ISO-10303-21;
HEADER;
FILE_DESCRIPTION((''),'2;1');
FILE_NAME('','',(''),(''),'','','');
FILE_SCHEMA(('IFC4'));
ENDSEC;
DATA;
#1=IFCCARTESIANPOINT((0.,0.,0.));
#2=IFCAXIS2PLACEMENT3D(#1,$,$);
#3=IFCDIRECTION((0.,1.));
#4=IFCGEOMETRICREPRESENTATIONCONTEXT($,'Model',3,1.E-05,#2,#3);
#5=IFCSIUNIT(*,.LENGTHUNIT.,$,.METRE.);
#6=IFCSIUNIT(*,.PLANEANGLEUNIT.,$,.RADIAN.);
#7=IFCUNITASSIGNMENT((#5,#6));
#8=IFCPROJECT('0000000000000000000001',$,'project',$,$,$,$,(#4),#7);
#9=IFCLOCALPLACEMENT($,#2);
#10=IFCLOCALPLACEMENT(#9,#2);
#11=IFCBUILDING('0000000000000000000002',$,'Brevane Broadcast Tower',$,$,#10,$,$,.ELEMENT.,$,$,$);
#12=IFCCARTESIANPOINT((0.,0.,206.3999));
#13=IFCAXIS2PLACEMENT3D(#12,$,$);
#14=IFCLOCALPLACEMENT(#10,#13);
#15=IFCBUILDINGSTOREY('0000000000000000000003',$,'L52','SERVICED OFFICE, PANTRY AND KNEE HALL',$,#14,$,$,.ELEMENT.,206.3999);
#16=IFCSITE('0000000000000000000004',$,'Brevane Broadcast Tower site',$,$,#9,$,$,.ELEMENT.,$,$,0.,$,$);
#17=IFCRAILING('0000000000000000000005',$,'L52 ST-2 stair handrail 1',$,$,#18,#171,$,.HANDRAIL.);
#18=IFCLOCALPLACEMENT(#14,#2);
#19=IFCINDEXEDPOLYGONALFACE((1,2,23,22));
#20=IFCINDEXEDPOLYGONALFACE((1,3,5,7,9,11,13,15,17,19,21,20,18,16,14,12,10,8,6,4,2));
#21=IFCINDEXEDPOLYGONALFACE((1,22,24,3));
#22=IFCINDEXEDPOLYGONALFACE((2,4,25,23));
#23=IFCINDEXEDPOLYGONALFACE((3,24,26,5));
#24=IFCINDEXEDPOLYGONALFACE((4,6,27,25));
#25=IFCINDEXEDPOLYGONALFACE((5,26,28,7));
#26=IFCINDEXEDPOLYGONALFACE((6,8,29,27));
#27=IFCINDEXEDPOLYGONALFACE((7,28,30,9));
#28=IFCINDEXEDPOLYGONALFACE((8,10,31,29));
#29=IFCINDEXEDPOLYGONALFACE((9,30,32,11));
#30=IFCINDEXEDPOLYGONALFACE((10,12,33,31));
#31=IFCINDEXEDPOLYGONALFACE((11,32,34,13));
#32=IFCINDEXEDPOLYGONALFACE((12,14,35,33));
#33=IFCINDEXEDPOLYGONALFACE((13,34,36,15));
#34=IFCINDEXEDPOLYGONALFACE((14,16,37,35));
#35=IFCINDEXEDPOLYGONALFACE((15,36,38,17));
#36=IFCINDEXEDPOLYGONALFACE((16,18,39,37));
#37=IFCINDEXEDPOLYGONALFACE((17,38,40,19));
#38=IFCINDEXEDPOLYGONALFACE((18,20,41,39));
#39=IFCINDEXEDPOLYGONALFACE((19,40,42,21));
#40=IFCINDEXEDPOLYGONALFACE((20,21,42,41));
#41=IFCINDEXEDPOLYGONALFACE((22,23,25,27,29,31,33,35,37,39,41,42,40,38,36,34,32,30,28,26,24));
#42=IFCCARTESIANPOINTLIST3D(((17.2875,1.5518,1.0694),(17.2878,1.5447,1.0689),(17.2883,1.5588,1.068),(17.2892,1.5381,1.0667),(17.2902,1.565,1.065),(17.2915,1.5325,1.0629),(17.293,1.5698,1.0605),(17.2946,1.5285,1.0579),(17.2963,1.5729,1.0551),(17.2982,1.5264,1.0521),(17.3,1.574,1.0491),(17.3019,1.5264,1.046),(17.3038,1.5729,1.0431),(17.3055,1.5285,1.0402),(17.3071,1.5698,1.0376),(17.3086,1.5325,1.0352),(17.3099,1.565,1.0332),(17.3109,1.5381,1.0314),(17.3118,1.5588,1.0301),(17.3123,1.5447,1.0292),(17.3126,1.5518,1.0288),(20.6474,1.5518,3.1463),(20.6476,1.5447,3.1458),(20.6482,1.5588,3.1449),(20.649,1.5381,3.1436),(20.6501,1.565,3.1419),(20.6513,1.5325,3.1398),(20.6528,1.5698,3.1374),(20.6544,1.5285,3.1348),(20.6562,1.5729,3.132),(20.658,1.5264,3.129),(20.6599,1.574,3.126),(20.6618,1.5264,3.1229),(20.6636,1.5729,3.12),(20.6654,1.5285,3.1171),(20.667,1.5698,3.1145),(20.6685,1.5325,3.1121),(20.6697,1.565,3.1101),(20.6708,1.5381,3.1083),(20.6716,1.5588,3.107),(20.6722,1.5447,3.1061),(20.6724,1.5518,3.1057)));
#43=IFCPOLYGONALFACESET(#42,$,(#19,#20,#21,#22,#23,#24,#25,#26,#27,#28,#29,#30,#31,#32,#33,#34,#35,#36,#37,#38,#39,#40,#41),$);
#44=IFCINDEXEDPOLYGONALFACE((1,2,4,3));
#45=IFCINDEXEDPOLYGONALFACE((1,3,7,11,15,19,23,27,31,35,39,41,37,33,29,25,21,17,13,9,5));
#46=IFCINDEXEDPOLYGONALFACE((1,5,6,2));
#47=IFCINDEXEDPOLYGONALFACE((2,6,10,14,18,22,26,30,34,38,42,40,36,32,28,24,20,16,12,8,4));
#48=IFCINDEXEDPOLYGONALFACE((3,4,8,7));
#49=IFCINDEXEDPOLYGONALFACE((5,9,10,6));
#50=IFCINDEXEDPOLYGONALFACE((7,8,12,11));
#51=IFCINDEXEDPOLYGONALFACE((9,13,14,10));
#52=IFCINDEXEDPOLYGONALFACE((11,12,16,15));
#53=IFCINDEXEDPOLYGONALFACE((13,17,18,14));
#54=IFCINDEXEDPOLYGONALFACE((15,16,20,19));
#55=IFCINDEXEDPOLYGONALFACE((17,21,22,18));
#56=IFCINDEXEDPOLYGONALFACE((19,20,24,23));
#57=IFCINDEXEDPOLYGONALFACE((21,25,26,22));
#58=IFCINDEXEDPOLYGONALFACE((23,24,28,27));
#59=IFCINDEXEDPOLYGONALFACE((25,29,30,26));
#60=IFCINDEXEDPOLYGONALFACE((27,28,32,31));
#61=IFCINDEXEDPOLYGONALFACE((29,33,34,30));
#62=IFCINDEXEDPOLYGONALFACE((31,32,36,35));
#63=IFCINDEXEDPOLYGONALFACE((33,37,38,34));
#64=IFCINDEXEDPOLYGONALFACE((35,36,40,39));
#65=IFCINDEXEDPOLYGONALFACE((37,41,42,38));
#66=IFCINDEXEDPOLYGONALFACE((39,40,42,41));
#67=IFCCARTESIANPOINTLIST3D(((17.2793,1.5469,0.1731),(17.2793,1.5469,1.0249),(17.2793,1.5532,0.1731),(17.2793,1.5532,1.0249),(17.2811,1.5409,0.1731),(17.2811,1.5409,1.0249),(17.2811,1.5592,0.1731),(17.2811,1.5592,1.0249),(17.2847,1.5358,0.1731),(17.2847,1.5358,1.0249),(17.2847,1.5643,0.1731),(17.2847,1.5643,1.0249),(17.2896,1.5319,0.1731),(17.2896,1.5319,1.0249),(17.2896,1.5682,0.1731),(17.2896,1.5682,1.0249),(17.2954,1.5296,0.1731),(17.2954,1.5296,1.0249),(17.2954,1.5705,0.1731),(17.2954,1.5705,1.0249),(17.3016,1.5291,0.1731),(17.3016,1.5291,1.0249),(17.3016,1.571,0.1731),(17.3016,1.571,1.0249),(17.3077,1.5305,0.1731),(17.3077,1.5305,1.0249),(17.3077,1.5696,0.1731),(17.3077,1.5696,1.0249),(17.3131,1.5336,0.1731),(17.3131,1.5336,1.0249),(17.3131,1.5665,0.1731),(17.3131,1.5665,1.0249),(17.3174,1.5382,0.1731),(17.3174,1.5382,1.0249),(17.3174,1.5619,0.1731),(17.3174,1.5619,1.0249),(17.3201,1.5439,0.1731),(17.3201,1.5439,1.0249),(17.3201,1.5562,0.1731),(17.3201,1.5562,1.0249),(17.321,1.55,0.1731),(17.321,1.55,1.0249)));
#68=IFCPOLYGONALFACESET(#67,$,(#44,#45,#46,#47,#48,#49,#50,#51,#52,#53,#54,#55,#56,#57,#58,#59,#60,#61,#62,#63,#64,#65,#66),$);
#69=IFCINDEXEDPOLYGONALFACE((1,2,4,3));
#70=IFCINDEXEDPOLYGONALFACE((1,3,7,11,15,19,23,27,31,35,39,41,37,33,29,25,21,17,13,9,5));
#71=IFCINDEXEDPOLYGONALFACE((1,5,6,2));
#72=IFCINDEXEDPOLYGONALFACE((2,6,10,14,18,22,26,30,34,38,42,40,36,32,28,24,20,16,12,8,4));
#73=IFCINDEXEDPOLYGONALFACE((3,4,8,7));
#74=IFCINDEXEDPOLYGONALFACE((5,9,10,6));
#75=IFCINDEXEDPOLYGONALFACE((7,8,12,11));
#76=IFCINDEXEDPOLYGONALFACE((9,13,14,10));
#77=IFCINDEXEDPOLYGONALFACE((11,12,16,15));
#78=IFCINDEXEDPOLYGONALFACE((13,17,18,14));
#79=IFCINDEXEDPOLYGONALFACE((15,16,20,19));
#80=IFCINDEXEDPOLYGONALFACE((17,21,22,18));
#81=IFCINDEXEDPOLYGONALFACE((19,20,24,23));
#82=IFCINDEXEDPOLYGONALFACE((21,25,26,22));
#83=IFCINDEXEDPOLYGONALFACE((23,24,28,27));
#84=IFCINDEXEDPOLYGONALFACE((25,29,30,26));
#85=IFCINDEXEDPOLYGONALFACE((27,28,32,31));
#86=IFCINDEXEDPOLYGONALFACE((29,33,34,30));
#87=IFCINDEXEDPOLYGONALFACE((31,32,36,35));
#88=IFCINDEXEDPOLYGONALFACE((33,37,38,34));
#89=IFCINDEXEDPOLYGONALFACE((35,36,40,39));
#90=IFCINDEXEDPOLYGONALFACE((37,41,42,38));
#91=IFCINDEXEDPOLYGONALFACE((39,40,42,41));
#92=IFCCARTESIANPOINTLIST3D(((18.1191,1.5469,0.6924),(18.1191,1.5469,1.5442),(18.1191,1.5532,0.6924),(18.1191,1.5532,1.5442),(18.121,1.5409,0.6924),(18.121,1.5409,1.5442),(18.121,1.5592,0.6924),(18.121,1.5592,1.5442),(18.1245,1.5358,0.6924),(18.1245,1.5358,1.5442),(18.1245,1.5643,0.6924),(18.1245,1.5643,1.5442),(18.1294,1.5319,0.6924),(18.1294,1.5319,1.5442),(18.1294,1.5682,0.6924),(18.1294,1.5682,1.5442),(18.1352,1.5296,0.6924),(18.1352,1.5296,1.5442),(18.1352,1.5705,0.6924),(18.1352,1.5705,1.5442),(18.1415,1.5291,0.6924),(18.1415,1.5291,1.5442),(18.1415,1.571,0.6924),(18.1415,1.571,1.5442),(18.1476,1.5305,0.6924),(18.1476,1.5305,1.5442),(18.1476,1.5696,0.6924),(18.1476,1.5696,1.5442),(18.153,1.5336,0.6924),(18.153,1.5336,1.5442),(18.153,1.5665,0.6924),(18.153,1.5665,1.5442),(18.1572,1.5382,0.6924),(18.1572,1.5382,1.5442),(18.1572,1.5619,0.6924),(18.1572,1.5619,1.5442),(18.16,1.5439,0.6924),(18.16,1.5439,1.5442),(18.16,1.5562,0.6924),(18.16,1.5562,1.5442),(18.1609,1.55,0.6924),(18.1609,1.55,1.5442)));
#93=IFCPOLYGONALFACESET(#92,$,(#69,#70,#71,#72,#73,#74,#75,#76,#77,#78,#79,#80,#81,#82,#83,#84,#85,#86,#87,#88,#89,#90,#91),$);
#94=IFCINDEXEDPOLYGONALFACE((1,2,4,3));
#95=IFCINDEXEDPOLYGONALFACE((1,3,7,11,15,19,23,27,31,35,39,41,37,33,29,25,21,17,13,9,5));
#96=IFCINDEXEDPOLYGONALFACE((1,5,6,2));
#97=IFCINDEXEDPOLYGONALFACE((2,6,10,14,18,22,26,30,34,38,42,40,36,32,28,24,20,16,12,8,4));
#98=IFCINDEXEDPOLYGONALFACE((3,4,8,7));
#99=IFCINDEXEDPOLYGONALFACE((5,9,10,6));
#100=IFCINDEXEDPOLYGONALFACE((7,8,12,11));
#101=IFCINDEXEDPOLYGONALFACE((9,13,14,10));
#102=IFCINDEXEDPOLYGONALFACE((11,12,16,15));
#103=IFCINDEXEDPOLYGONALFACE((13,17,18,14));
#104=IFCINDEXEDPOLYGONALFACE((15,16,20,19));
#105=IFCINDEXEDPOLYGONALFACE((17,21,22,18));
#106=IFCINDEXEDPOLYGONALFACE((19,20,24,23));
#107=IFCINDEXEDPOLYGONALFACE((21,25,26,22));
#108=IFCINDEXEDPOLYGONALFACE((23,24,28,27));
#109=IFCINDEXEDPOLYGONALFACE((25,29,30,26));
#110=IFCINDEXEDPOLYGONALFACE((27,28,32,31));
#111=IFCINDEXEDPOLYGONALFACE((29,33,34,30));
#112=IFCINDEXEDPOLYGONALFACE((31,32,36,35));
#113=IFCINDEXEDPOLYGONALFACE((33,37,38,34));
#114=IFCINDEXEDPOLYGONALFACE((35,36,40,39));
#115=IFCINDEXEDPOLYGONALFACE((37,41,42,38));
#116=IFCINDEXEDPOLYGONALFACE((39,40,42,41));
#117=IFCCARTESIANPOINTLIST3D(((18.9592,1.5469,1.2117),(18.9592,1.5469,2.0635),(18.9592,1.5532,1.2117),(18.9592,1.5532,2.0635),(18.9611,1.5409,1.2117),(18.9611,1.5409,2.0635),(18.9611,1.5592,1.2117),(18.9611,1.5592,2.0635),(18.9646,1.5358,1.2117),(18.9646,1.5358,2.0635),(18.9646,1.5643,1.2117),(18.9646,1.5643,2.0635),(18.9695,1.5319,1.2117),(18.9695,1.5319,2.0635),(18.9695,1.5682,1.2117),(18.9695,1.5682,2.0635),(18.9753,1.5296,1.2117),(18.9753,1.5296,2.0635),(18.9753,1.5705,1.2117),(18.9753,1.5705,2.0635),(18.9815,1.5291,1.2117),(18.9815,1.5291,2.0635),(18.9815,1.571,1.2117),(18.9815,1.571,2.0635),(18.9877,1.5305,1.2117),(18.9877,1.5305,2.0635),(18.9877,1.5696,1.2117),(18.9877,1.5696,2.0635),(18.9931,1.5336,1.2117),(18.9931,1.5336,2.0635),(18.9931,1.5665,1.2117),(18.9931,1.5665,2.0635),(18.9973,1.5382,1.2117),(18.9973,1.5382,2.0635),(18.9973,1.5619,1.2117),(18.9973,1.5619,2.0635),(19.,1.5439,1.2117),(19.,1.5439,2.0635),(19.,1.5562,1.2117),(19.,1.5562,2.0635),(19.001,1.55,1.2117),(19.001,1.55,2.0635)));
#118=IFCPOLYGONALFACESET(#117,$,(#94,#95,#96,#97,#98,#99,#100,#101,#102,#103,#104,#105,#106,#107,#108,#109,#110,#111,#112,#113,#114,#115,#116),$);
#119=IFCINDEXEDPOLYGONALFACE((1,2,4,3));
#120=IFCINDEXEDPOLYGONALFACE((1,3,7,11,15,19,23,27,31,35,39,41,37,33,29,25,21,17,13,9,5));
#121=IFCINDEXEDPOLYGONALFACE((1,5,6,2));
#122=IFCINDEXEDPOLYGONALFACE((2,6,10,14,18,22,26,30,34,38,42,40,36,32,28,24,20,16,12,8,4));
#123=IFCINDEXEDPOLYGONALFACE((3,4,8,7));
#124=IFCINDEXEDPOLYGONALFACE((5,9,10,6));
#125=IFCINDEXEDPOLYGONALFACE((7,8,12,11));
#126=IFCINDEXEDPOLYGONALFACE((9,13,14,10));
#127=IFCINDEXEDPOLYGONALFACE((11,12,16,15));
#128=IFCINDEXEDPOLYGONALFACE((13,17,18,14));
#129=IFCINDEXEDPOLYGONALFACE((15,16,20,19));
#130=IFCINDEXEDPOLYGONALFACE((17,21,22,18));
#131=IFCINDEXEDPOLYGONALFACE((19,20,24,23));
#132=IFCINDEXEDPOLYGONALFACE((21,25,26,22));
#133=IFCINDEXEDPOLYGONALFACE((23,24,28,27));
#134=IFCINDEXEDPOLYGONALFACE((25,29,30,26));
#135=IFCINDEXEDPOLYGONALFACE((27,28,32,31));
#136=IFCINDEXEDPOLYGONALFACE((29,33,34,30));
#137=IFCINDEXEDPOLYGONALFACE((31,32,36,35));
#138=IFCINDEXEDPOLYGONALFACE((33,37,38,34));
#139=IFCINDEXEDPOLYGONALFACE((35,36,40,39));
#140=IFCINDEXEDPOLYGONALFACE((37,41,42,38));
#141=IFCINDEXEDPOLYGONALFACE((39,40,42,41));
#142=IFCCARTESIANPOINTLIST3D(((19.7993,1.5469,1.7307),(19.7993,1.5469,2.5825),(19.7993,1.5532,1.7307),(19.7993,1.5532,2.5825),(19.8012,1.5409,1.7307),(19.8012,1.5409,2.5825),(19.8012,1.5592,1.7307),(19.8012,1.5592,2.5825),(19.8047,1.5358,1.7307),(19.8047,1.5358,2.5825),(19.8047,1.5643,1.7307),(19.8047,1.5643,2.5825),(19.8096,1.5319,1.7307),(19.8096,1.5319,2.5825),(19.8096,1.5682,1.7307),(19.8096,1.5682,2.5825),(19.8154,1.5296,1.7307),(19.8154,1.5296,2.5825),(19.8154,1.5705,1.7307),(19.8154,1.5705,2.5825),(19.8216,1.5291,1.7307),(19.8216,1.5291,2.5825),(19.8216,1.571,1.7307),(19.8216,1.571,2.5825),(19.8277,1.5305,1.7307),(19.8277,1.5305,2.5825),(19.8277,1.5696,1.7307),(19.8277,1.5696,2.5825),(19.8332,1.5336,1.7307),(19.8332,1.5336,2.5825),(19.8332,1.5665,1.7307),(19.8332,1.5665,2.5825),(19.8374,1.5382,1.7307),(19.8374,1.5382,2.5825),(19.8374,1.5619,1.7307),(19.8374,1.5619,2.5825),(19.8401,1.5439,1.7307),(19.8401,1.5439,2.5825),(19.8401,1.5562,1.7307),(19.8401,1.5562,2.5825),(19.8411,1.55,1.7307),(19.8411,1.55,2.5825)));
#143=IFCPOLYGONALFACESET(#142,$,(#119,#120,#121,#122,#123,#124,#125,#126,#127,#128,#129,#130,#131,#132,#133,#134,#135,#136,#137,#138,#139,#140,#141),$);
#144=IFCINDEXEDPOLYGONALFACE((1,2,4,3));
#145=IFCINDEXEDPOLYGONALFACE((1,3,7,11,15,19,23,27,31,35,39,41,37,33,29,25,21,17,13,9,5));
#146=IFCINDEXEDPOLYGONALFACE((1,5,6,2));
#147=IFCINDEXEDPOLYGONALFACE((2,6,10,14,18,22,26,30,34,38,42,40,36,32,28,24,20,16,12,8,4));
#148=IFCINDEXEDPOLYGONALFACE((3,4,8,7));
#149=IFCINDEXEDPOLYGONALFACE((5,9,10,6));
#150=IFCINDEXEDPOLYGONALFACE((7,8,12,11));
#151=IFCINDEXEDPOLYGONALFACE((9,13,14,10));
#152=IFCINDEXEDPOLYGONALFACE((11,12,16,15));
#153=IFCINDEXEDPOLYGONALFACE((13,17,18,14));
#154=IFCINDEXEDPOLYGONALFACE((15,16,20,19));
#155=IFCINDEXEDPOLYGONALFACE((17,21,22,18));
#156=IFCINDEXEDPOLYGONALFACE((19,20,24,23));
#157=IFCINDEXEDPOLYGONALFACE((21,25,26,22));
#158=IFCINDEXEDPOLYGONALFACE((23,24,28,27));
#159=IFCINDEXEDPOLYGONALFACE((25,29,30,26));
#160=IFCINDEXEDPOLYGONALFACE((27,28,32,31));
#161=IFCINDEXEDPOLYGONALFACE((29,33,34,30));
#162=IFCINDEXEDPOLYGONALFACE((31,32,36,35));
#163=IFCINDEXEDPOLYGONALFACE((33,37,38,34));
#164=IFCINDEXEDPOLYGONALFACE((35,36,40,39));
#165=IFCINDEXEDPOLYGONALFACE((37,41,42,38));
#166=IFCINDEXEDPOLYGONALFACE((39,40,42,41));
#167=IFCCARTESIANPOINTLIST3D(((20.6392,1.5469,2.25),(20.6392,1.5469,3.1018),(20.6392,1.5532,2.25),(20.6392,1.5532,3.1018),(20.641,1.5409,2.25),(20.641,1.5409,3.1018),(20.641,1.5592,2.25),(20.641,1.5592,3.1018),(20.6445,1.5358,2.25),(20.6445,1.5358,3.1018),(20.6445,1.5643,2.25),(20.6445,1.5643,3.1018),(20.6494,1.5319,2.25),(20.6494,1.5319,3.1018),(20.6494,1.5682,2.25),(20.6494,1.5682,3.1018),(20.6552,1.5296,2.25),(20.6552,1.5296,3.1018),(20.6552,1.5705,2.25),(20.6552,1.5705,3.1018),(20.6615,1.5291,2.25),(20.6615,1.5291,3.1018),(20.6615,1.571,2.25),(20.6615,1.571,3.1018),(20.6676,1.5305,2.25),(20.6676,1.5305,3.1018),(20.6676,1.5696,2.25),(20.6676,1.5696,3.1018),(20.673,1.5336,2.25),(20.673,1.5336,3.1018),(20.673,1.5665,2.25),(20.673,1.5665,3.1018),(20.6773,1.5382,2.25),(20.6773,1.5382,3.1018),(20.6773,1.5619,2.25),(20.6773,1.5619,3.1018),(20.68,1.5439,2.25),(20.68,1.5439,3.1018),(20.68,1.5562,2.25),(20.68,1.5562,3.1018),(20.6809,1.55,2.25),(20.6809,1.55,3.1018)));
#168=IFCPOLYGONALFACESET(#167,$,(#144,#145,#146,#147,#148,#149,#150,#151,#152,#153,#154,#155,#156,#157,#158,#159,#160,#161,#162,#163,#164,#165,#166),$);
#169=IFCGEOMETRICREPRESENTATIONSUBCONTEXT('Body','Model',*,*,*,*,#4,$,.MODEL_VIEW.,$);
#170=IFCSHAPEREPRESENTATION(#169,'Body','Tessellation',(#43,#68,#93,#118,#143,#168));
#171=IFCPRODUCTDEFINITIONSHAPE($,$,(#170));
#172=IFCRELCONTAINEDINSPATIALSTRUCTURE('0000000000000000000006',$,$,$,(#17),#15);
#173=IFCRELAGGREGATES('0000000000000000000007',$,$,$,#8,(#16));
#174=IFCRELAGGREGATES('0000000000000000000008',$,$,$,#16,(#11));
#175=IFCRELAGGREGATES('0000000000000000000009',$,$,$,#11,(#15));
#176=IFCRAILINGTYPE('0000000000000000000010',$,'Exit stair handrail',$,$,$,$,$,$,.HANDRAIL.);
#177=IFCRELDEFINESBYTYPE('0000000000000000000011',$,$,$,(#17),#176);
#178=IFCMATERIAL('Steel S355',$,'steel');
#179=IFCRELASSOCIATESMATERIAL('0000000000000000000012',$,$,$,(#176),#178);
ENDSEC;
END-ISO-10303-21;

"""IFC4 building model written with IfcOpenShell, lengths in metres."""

from ifc_helpers import new_model, si_unit, direction, frame, origin, origin_2d, place, context, subcontext, project, spatial, circle, extrude, material, type_object, element, save


model = new_model("IFC4")

# Units and contexts
model_context = context("Model", 3, precision=1e-05, world=origin(), true_north=direction((0.0, 1.0)))
body_context = subcontext(model_context, "Body", "Model", "MODEL_VIEW")
ifc_project = project(units=[si_unit("LENGTHUNIT", "METRE"), si_unit("PLANEANGLEUNIT", "RADIAN")], contexts=[model_context])

# Site, building, storey
site_placement = place(None, origin())
site = spatial("IfcSite", under=ifc_project, at=site_placement, Name="Brevane Broadcast Tower site", CompositionType="ELEMENT", RefElevation=0.0)
building_placement = place(site_placement, origin())
building = spatial("IfcBuilding", under=site, at=building_placement, Name="Brevane Broadcast Tower", CompositionType="ELEMENT")
storey_placement = place(building_placement, frame((0.0, 0.0, 206.3999)))
storey = spatial("IfcBuildingStorey", under=building, at=storey_placement, Name="L52", Description="SERVICED OFFICE, PANTRY AND KNEE HALL", CompositionType="ELEMENT", Elevation=206.3999)

# Railing
ifc_material_1 = material(Name="Steel S355", Category="steel")
railing_type_1 = type_object("IfcRailingType", Name="Exit stair handrail", PredefinedType="HANDRAIL", material=ifc_material_1)
railing_1_placement = place(storey_placement, frame((17.3, 1.55, 0.1731)))
element("IfcRailing", 1, at=railing_1_placement, inside=storey, type_object=railing_type_1, Name="L52 ST-2 stair handrail 1", PredefinedType="HANDRAIL", context=body_context, shape_type="SweptSolid", body=[
    extrude(circle(Radius=0.0239, at=origin_2d()), frame((0.0, 0.0, 0.876), z_axis=(0.850606, 0.0, 0.525803), x_axis=(0.0, 1.0, 0.0)), (0.0, 0.0, 1.0), 3.95),
    extrude(circle(Radius=0.021, at=origin_2d()), origin(), (0.0, 0.0, 1.0), 0.8518),
    extrude(circle(Radius=0.021, at=origin_2d()), frame((0.8398, 0.0, 0.5193)), (0.0, 0.0, 1.0), 0.8518),
    extrude(circle(Radius=0.021, at=origin_2d()), frame((1.6799, 0.0, 1.0386)), (0.0, 0.0, 1.0), 0.8518),
    extrude(circle(Radius=0.021, at=origin_2d()), frame((2.52, 0.0, 1.5576)), (0.0, 0.0, 1.0), 0.8518),
    extrude(circle(Radius=0.021, at=origin_2d()), frame((3.3599, 0.0, 2.0769)), (0.0, 0.0, 1.0), 0.8518),
])

save(model, "model.ifc")
